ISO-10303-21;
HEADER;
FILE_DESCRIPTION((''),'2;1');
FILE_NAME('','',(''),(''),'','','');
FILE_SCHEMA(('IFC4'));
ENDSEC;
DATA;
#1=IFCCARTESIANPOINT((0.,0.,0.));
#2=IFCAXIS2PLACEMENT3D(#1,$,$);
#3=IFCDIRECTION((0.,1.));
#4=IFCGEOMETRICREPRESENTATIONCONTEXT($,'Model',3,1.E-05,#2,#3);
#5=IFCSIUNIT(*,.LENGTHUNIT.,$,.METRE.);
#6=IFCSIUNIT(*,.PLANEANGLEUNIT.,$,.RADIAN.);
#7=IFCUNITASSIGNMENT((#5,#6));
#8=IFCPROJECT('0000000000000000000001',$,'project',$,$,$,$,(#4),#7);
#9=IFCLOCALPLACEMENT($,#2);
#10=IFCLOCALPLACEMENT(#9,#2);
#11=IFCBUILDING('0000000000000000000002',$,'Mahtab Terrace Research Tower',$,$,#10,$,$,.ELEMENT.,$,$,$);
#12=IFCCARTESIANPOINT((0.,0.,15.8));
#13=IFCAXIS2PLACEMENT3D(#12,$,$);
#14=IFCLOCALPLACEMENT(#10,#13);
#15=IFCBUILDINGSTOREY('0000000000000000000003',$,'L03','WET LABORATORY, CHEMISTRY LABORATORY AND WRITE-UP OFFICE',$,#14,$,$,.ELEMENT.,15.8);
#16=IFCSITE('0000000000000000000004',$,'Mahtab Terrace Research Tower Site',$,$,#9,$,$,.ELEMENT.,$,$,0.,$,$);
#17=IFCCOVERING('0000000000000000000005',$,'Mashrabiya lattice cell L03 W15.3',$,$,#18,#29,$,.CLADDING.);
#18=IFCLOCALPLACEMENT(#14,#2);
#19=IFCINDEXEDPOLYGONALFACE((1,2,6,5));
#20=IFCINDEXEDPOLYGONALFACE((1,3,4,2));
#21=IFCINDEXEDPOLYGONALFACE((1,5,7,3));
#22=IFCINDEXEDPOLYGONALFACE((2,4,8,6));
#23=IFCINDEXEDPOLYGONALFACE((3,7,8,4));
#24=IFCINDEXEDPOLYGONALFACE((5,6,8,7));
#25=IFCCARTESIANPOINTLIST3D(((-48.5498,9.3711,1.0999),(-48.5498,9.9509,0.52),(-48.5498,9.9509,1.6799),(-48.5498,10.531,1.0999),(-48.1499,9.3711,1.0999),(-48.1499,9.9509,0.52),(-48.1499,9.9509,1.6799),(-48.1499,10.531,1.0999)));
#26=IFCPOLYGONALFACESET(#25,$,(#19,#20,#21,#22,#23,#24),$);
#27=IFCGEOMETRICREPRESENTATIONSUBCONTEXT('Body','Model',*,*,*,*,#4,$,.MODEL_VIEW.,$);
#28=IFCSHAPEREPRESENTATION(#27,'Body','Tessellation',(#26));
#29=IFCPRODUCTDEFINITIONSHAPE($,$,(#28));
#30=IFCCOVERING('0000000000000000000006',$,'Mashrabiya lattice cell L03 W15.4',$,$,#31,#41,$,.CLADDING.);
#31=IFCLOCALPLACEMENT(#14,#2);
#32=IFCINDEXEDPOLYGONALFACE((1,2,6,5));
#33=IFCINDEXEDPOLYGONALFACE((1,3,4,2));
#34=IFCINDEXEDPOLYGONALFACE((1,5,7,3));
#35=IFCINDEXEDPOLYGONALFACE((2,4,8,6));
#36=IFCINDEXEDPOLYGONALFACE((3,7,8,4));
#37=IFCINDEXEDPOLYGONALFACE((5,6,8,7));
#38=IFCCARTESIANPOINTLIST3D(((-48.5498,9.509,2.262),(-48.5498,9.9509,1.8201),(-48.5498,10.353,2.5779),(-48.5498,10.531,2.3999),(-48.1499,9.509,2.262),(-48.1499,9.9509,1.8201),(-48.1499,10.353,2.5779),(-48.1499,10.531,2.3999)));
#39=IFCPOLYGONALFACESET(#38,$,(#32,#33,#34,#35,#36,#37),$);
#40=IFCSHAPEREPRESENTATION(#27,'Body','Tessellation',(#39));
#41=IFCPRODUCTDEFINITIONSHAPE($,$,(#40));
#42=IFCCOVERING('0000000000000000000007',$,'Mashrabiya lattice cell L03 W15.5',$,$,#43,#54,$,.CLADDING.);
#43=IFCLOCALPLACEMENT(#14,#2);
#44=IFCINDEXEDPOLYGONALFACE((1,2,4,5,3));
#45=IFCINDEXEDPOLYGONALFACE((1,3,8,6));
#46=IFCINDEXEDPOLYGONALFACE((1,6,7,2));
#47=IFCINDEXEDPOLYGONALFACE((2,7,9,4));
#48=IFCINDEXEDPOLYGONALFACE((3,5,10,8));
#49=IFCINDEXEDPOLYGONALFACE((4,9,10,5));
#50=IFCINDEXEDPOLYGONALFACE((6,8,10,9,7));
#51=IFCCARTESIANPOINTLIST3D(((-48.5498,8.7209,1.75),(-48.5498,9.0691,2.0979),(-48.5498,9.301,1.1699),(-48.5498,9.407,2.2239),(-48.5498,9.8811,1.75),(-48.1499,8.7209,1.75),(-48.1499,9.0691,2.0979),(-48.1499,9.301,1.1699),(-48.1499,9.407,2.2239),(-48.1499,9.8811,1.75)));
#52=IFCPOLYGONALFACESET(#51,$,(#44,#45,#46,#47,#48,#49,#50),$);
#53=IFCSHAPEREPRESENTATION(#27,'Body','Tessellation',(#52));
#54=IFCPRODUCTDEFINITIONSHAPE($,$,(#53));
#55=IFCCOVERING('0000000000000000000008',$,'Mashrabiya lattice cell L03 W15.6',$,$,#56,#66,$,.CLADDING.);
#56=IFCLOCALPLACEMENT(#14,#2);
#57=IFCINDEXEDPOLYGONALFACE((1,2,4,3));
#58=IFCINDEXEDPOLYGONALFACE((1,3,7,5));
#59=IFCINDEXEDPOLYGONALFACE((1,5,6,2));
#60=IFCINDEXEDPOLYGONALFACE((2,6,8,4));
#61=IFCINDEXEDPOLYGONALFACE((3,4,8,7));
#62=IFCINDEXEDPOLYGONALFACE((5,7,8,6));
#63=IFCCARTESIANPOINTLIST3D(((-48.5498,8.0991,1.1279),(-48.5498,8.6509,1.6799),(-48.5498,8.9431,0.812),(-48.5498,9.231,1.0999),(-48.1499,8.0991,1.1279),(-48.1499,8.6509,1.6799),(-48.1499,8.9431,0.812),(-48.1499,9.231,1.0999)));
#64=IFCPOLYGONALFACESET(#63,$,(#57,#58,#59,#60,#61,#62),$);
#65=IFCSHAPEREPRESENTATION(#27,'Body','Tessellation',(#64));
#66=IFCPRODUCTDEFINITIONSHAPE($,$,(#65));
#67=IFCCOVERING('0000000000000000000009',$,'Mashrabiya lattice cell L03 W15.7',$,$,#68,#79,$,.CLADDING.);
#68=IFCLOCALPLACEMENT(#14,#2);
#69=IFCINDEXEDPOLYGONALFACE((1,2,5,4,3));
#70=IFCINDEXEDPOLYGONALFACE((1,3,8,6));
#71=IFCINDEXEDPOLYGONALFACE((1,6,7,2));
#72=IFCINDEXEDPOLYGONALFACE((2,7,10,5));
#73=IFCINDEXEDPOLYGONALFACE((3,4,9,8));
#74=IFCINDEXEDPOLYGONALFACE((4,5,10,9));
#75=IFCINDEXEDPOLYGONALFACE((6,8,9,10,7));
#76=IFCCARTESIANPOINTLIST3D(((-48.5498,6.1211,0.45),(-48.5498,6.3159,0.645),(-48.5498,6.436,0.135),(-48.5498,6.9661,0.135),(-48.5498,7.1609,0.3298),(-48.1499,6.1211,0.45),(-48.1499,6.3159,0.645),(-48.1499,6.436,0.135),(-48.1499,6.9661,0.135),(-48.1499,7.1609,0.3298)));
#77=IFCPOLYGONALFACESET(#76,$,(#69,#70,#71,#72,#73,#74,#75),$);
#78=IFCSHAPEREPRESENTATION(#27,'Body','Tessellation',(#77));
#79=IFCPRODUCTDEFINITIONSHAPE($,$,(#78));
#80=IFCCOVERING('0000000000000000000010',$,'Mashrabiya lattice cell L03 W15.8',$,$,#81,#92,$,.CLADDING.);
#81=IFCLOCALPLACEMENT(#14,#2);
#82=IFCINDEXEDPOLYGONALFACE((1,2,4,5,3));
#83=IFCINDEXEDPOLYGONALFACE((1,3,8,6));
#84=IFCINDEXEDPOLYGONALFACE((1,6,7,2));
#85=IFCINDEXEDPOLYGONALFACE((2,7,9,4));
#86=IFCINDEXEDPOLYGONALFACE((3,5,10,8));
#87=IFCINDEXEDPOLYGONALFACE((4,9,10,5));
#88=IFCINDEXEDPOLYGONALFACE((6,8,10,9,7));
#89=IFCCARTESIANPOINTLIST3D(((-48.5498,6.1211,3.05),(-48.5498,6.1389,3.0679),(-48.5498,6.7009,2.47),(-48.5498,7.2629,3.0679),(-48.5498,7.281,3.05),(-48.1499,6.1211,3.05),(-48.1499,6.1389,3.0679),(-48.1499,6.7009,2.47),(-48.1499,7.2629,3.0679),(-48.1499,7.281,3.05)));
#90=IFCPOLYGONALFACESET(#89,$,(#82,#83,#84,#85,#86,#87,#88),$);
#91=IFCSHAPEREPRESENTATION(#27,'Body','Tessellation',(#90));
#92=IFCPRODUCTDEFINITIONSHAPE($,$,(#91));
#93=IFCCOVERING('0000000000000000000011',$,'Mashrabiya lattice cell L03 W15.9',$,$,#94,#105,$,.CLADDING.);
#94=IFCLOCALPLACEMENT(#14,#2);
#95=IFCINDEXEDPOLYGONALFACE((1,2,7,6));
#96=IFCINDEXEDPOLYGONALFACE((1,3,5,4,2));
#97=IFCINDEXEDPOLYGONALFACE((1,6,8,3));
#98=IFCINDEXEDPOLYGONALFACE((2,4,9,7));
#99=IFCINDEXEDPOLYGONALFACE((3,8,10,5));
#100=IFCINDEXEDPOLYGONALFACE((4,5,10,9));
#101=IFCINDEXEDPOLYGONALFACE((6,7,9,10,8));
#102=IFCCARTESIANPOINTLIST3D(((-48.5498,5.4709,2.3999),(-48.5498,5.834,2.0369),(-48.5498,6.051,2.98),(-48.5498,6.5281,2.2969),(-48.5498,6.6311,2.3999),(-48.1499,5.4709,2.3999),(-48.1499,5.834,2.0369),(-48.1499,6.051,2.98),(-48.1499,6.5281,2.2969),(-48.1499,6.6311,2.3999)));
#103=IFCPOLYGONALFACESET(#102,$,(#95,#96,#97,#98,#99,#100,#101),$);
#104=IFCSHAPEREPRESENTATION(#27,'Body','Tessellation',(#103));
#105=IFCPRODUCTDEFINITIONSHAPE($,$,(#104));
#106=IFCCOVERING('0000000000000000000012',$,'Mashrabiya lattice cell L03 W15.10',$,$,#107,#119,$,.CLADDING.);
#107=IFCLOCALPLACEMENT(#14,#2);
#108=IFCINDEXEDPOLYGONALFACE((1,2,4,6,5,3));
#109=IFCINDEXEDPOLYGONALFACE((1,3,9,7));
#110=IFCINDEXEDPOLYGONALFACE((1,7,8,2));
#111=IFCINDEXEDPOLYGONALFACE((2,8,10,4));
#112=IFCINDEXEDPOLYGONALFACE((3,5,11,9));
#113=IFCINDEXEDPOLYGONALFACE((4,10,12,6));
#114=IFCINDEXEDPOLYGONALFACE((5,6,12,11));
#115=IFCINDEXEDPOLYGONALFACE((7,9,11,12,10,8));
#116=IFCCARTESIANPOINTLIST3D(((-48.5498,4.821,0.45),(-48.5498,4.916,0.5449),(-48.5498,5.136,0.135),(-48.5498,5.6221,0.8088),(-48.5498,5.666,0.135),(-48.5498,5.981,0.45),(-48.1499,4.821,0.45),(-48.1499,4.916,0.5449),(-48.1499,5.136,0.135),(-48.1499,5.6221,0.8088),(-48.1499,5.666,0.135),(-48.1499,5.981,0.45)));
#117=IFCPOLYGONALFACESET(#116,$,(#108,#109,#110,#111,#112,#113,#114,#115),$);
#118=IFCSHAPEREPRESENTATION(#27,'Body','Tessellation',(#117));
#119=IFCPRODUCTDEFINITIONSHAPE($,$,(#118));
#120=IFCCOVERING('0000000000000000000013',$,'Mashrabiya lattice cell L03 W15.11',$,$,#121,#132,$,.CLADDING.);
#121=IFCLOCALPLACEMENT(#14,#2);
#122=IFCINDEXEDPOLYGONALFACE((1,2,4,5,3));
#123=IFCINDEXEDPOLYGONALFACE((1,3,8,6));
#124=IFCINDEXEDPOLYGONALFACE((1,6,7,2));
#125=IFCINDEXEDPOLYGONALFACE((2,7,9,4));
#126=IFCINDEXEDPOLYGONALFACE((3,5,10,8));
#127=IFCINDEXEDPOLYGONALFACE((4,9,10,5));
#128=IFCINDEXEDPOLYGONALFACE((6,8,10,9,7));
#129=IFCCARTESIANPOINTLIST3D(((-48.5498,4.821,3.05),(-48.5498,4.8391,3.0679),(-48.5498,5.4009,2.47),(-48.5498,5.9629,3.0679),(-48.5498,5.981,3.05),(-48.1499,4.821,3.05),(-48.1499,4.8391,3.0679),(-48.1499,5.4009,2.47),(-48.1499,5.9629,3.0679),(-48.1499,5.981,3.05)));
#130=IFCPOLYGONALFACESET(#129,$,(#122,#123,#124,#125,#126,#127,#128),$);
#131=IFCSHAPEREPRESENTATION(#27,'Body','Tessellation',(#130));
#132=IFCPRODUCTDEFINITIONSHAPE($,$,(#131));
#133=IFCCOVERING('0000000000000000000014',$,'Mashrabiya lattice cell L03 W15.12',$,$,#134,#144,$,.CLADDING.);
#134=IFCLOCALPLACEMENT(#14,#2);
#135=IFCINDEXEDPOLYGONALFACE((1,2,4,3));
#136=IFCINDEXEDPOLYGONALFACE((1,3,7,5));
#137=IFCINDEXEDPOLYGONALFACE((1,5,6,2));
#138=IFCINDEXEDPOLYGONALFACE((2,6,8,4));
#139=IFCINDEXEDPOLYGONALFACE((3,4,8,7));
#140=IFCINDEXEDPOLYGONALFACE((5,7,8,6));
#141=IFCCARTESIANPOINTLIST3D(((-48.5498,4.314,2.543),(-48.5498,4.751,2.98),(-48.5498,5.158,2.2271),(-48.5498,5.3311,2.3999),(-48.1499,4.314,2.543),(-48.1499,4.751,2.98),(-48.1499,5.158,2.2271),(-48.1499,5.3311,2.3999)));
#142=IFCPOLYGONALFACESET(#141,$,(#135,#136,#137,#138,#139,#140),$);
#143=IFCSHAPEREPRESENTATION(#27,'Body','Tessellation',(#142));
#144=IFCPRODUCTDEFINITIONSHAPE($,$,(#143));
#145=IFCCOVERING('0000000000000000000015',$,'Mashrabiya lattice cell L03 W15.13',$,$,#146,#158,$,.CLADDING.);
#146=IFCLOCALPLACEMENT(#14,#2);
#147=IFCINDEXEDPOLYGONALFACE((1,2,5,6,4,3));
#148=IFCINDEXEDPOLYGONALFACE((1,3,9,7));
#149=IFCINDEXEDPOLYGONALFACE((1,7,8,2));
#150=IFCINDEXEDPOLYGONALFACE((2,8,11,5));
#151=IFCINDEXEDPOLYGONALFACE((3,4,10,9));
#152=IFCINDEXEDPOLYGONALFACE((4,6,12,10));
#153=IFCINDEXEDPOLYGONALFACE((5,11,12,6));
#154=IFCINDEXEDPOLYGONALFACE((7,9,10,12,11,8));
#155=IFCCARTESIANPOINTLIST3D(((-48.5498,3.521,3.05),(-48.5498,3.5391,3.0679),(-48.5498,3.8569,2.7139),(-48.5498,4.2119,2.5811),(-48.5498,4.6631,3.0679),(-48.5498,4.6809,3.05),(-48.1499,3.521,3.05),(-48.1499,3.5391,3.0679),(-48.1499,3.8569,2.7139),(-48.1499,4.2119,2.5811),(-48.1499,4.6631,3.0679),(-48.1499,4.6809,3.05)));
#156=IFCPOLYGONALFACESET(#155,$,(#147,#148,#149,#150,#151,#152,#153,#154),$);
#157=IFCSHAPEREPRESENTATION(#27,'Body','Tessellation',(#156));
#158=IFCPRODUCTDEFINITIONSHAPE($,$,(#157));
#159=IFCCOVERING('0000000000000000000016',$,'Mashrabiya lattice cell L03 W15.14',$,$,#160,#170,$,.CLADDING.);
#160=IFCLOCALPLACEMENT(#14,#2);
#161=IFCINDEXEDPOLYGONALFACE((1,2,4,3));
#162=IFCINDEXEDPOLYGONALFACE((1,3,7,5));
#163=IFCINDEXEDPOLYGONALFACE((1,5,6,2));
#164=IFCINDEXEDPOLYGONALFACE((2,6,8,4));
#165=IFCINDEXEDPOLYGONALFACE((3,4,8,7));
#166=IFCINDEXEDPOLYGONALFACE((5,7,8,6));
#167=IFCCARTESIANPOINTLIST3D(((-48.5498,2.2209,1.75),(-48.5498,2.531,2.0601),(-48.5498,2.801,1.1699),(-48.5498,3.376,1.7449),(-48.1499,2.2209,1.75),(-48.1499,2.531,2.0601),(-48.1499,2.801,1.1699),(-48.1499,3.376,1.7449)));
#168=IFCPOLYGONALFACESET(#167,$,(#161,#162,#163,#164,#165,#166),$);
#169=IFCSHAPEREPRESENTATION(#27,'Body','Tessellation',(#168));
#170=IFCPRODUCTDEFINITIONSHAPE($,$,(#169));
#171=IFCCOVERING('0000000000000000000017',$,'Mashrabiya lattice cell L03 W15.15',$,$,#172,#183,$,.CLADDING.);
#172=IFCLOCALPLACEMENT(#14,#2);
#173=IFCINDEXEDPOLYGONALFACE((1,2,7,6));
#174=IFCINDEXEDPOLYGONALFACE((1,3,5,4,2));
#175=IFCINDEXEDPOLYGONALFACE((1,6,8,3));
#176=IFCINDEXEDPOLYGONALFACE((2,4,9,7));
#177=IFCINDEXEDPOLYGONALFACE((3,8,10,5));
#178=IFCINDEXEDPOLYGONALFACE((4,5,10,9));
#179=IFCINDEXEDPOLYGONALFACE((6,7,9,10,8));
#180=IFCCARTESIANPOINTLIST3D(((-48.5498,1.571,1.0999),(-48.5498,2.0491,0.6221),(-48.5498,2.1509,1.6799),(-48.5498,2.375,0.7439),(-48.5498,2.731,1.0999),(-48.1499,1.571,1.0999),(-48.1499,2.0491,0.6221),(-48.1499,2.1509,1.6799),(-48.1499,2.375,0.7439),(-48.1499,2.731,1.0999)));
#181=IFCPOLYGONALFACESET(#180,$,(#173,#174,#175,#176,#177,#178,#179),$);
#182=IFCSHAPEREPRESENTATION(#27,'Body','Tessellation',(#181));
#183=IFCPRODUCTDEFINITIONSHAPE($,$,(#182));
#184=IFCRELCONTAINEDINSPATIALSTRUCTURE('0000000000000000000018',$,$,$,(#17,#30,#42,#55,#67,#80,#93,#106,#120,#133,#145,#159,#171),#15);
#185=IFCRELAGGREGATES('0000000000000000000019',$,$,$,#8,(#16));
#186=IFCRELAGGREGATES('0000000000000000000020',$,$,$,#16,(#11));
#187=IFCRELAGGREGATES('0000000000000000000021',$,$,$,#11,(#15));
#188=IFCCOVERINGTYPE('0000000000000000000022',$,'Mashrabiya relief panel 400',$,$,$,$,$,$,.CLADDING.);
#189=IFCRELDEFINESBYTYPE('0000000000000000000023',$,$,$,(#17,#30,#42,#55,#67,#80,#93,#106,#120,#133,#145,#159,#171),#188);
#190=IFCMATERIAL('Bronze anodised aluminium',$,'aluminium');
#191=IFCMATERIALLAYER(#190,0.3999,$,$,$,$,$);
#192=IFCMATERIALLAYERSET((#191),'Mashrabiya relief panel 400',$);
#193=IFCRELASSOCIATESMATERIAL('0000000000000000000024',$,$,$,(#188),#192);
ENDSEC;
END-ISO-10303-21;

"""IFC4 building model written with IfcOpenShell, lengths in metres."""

from ifc_helpers import new_model, si_unit, direction, frame, origin, place, context, subcontext, project, spatial, polyline, outline, extrude, material, layer, layer_set, type_object, element, save


model = new_model("IFC4")

# Units and contexts
model_context = context("Model", 3, precision=1e-05, world=origin(), true_north=direction((0.0, 1.0)))
body_context = subcontext(model_context, "Body", "Model", "MODEL_VIEW")
ifc_project = project(units=[si_unit("LENGTHUNIT", "METRE"), si_unit("PLANEANGLEUNIT", "RADIAN")], contexts=[model_context])

# Site, building, storey
site_placement = place(None, origin())
site = spatial("IfcSite", under=ifc_project, at=site_placement, Name="Mahtab Terrace Research Tower Site", CompositionType="ELEMENT", RefElevation=0.0)
building_placement = place(site_placement, origin())
building = spatial("IfcBuilding", under=site, at=building_placement, Name="Mahtab Terrace Research Tower", CompositionType="ELEMENT")
storey_placement = place(building_placement, frame((0.0, 0.0, 15.8)))
storey = spatial("IfcBuildingStorey", under=building, at=storey_placement, Name="L03", Description="WET LABORATORY, CHEMISTRY LABORATORY AND WRITE-UP OFFICE", CompositionType="ELEMENT", Elevation=15.8)

# Coverings
ifc_material_1 = material(Name="Bronze anodised aluminium", Category="aluminium")
ifc_layer_1 = layer(ifc_material_1, 0.3999)
ifc_layer_set_1 = layer_set([ifc_layer_1], Name="Mashrabiya relief panel 400")
covering_type = type_object("IfcCoveringType", Name="Mashrabiya relief panel 400", PredefinedType="CLADDING", material=ifc_layer_set_1)
covering_1_placement = place(storey_placement, frame((-48.1499, 9.9509, 1.6799), z_axis=(1.0, 0.0, 0.0), x_axis=(0.0, -0.706958, -0.707256)))
element("IfcCovering", 1, at=covering_1_placement, inside=storey, type_object=covering_type, Name="Mashrabiya lattice cell L03 W15.3", PredefinedType="CLADDING", context=body_context, shape_type="SweptSolid", body=[
    extrude(outline(polyline([(0.0, 0.0), (0.8202, 0.0), (0.8204, 0.82), (0.0002, 0.8204), (0.0, 0.0)])), origin(), (0.0, 0.0, -1.0), 0.3999),
])
covering_2_placement = place(storey_placement, frame((-48.1499, 9.9509, 1.8201), z_axis=(1.0, 0.0, 0.0), x_axis=(0.0, 0.707256, 0.706958)))
element("IfcCovering", 2, at=covering_2_placement, inside=storey, type_object=covering_type, Name="Mashrabiya lattice cell L03 W15.4", PredefinedType="CLADDING", context=body_context, shape_type="SweptSolid", body=[
    extrude(outline(polyline([(0.0, 0.0), (0.8202, 0.0), (0.8201, 0.2517), (-0.0001, 0.6249), (0.0, 0.0)])), origin(), (0.0, 0.0, -1.0), 0.3999),
])
covering_3_placement = place(storey_placement, frame((-48.1499, 8.7209, 1.75), z_axis=(1.0, 0.0, 0.0), x_axis=(0.0, 0.707107, -0.707107)))
element("IfcCovering", 3, at=covering_3_placement, inside=storey, type_object=covering_type, Name="Mashrabiya lattice cell L03 W15.5", PredefinedType="CLADDING", context=body_context, shape_type="SweptSolid", body=[
    extrude(outline(polyline([(0.0, 0.0), (0.8204, 0.0), (0.8204, 0.8204), (0.15, 0.8202), (0.0002, 0.4922), (0.0, 0.0)])), origin(), (0.0, 0.0, -1.0), 0.3999),
])
covering_4_placement = place(storey_placement, frame((-48.1499, 9.231, 1.0999), z_axis=(1.0, 0.0, 0.0), x_axis=(0.0, -0.707107, 0.707107)))
element("IfcCovering", 4, at=covering_4_placement, inside=storey, type_object=covering_type, Name="Mashrabiya lattice cell L03 W15.6", PredefinedType="CLADDING", context=body_context, shape_type="SweptSolid", body=[
    extrude(outline(polyline([(0.0, 0.0), (0.8204, 0.0), (0.8202, 0.7805), (0.0, 0.4071), (0.0, 0.0)])), origin(), (0.0, 0.0, -1.0), 0.3999),
])
covering_5_placement = place(storey_placement, frame((-48.1499, 7.1609, 0.3298), z_axis=(1.0, 0.0, 0.0), x_axis=(0.0, -0.93694, 0.349491)))
element("IfcCovering", 5, at=covering_5_placement, inside=storey, type_object=covering_type, Name="Mashrabiya lattice cell L03 W15.7", PredefinedType="CLADDING", context=body_context, shape_type="SweptSolid", body=[
    extrude(outline(polyline([(0.0, 0.0), (0.9018, 0.0), (1.0162, 0.2509), (0.6111, 0.4359), (0.1144, 0.2506), (0.0, 0.0)])), origin(), (0.0, 0.0, -1.0), 0.3999),
])
covering_6_placement = place(storey_placement, frame((-48.1499, 6.1211, 3.05), z_axis=(1.0, 0.0, 0.0), x_axis=(0.0, 0.706958, -0.707256)))
element("IfcCovering", 6, at=covering_6_placement, inside=storey, type_object=covering_type, Name="Mashrabiya lattice cell L03 W15.8", PredefinedType="CLADDING", context=body_context, shape_type="SweptSolid", body=[
    extrude(outline(polyline([(0.0, 0.0), (0.8202, 0.0), (0.82, 0.8204), (0.7946, 0.8202), (0.0, 0.0252), (0.0, 0.0)])), origin(), (0.0, 0.0, -1.0), 0.3999),
])
covering_7_placement = place(storey_placement, frame((-48.1499, 6.6311, 2.3999), z_axis=(1.0, 0.0, 0.0), x_axis=(0.0, -0.707107, 0.707107)))
element("IfcCovering", 7, at=covering_7_placement, inside=storey, type_object=covering_type, Name="Mashrabiya lattice cell L03 W15.9", PredefinedType="CLADDING", context=body_context, shape_type="SweptSolid", body=[
    extrude(outline(polyline([(0.0, 0.0), (0.8204, 0.0), (0.8204, 0.8204), (0.3069, 0.8204), (0.0, 0.1457), (0.0, 0.0)])), origin(), (0.0, 0.0, -1.0), 0.3999),
])
covering_8_placement = place(storey_placement, frame((-48.1499, 5.981, 0.45), z_axis=(1.0, 0.0, 0.0), x_axis=(0.0, -0.707107, 0.707107)))
element("IfcCovering", 8, at=covering_8_placement, inside=storey, type_object=covering_type, Name="Mashrabiya lattice cell L03 W15.10", PredefinedType="CLADDING", context=body_context, shape_type="SweptSolid", body=[
    extrude(outline(polyline([(0.0, 0.0), (0.5075, 0.0), (0.8202, 0.6859), (0.8202, 0.8202), (0.3748, 0.8202), (0.0, 0.4454), (0.0, 0.0)])), origin(), (0.0, 0.0, -1.0), 0.3999),
])
covering_9_placement = place(storey_placement, frame((-48.1499, 4.821, 3.05), z_axis=(1.0, 0.0, 0.0), x_axis=(0.0, 0.706958, -0.707256)))
element("IfcCovering", 9, at=covering_9_placement, inside=storey, type_object=covering_type, Name="Mashrabiya lattice cell L03 W15.11", PredefinedType="CLADDING", context=body_context, shape_type="SweptSolid", body=[
    extrude(outline(polyline([(0.0, 0.0), (0.8202, 0.0), (0.82, 0.8204), (0.7946, 0.8202), (0.0002, 0.0254), (0.0, 0.0)])), origin(), (0.0, 0.0, -1.0), 0.3999),
])
covering_10_placement = place(storey_placement, frame((-48.1499, 5.3311, 2.3999), z_axis=(1.0, 0.0, 0.0), x_axis=(0.0, -0.707107, 0.707107)))
element("IfcCovering", 10, at=covering_10_placement, inside=storey, type_object=covering_type, Name="Mashrabiya lattice cell L03 W15.12", PredefinedType="CLADDING", context=body_context, shape_type="SweptSolid", body=[
    extrude(outline(polyline([(0.0, 0.0), (0.8204, 0.0), (0.8204, 0.618), (0.0002, 0.2446), (0.0, 0.0)])), origin(), (0.0, 0.0, -1.0), 0.3999),
])
covering_11_placement = place(storey_placement, frame((-48.1499, 4.6809, 3.05), z_axis=(1.0, 0.0, 0.0), x_axis=(0.0, -0.707107, 0.707107)))
element("IfcCovering", 11, at=covering_11_placement, inside=storey, type_object=covering_type, Name="Mashrabiya lattice cell L03 W15.13", PredefinedType="CLADDING", context=body_context, shape_type="SweptSolid", body=[
    extrude(outline(polyline([(0.0, 0.0), (0.0252, 0.0), (0.82, 0.7948), (0.8202, 0.8202), (0.3449, 0.8204), (0.0, 0.6633), (0.0, 0.0)])), origin(), (0.0, 0.0, -1.0), 0.3999),
])
covering_12_placement = place(storey_placement, frame((-48.1499, 2.2209, 1.75), z_axis=(1.0, 0.0, 0.0), x_axis=(0.0, 0.707107, -0.707107)))
element("IfcCovering", 12, at=covering_12_placement, inside=storey, type_object=covering_type, Name="Mashrabiya lattice cell L03 W15.14", PredefinedType="CLADDING", context=body_context, shape_type="SweptSolid", body=[
    extrude(outline(polyline([(0.0, 0.0), (0.8204, 0.0), (0.8204, 0.8131), (0.0, 0.4385), (0.0, 0.0)])), origin(), (0.0, 0.0, -1.0), 0.3999),
])
covering_13_placement = place(storey_placement, frame((-48.1499, 2.731, 1.0999), z_axis=(1.0, 0.0, 0.0), x_axis=(0.0, -0.707107, 0.707107)))
element("IfcCovering", 13, at=covering_13_placement, inside=storey, type_object=covering_type, Name="Mashrabiya lattice cell L03 W15.15", PredefinedType="CLADDING", context=body_context, shape_type="SweptSolid", body=[
    extrude(outline(polyline([(0.0, 0.0), (0.8204, 0.0), (0.8202, 0.8202), (0.1443, 0.82), (0.0, 0.5034), (0.0, 0.0)])), origin(), (0.0, 0.0, -1.0), 0.3999),
])

save(model, "model.ifc")
